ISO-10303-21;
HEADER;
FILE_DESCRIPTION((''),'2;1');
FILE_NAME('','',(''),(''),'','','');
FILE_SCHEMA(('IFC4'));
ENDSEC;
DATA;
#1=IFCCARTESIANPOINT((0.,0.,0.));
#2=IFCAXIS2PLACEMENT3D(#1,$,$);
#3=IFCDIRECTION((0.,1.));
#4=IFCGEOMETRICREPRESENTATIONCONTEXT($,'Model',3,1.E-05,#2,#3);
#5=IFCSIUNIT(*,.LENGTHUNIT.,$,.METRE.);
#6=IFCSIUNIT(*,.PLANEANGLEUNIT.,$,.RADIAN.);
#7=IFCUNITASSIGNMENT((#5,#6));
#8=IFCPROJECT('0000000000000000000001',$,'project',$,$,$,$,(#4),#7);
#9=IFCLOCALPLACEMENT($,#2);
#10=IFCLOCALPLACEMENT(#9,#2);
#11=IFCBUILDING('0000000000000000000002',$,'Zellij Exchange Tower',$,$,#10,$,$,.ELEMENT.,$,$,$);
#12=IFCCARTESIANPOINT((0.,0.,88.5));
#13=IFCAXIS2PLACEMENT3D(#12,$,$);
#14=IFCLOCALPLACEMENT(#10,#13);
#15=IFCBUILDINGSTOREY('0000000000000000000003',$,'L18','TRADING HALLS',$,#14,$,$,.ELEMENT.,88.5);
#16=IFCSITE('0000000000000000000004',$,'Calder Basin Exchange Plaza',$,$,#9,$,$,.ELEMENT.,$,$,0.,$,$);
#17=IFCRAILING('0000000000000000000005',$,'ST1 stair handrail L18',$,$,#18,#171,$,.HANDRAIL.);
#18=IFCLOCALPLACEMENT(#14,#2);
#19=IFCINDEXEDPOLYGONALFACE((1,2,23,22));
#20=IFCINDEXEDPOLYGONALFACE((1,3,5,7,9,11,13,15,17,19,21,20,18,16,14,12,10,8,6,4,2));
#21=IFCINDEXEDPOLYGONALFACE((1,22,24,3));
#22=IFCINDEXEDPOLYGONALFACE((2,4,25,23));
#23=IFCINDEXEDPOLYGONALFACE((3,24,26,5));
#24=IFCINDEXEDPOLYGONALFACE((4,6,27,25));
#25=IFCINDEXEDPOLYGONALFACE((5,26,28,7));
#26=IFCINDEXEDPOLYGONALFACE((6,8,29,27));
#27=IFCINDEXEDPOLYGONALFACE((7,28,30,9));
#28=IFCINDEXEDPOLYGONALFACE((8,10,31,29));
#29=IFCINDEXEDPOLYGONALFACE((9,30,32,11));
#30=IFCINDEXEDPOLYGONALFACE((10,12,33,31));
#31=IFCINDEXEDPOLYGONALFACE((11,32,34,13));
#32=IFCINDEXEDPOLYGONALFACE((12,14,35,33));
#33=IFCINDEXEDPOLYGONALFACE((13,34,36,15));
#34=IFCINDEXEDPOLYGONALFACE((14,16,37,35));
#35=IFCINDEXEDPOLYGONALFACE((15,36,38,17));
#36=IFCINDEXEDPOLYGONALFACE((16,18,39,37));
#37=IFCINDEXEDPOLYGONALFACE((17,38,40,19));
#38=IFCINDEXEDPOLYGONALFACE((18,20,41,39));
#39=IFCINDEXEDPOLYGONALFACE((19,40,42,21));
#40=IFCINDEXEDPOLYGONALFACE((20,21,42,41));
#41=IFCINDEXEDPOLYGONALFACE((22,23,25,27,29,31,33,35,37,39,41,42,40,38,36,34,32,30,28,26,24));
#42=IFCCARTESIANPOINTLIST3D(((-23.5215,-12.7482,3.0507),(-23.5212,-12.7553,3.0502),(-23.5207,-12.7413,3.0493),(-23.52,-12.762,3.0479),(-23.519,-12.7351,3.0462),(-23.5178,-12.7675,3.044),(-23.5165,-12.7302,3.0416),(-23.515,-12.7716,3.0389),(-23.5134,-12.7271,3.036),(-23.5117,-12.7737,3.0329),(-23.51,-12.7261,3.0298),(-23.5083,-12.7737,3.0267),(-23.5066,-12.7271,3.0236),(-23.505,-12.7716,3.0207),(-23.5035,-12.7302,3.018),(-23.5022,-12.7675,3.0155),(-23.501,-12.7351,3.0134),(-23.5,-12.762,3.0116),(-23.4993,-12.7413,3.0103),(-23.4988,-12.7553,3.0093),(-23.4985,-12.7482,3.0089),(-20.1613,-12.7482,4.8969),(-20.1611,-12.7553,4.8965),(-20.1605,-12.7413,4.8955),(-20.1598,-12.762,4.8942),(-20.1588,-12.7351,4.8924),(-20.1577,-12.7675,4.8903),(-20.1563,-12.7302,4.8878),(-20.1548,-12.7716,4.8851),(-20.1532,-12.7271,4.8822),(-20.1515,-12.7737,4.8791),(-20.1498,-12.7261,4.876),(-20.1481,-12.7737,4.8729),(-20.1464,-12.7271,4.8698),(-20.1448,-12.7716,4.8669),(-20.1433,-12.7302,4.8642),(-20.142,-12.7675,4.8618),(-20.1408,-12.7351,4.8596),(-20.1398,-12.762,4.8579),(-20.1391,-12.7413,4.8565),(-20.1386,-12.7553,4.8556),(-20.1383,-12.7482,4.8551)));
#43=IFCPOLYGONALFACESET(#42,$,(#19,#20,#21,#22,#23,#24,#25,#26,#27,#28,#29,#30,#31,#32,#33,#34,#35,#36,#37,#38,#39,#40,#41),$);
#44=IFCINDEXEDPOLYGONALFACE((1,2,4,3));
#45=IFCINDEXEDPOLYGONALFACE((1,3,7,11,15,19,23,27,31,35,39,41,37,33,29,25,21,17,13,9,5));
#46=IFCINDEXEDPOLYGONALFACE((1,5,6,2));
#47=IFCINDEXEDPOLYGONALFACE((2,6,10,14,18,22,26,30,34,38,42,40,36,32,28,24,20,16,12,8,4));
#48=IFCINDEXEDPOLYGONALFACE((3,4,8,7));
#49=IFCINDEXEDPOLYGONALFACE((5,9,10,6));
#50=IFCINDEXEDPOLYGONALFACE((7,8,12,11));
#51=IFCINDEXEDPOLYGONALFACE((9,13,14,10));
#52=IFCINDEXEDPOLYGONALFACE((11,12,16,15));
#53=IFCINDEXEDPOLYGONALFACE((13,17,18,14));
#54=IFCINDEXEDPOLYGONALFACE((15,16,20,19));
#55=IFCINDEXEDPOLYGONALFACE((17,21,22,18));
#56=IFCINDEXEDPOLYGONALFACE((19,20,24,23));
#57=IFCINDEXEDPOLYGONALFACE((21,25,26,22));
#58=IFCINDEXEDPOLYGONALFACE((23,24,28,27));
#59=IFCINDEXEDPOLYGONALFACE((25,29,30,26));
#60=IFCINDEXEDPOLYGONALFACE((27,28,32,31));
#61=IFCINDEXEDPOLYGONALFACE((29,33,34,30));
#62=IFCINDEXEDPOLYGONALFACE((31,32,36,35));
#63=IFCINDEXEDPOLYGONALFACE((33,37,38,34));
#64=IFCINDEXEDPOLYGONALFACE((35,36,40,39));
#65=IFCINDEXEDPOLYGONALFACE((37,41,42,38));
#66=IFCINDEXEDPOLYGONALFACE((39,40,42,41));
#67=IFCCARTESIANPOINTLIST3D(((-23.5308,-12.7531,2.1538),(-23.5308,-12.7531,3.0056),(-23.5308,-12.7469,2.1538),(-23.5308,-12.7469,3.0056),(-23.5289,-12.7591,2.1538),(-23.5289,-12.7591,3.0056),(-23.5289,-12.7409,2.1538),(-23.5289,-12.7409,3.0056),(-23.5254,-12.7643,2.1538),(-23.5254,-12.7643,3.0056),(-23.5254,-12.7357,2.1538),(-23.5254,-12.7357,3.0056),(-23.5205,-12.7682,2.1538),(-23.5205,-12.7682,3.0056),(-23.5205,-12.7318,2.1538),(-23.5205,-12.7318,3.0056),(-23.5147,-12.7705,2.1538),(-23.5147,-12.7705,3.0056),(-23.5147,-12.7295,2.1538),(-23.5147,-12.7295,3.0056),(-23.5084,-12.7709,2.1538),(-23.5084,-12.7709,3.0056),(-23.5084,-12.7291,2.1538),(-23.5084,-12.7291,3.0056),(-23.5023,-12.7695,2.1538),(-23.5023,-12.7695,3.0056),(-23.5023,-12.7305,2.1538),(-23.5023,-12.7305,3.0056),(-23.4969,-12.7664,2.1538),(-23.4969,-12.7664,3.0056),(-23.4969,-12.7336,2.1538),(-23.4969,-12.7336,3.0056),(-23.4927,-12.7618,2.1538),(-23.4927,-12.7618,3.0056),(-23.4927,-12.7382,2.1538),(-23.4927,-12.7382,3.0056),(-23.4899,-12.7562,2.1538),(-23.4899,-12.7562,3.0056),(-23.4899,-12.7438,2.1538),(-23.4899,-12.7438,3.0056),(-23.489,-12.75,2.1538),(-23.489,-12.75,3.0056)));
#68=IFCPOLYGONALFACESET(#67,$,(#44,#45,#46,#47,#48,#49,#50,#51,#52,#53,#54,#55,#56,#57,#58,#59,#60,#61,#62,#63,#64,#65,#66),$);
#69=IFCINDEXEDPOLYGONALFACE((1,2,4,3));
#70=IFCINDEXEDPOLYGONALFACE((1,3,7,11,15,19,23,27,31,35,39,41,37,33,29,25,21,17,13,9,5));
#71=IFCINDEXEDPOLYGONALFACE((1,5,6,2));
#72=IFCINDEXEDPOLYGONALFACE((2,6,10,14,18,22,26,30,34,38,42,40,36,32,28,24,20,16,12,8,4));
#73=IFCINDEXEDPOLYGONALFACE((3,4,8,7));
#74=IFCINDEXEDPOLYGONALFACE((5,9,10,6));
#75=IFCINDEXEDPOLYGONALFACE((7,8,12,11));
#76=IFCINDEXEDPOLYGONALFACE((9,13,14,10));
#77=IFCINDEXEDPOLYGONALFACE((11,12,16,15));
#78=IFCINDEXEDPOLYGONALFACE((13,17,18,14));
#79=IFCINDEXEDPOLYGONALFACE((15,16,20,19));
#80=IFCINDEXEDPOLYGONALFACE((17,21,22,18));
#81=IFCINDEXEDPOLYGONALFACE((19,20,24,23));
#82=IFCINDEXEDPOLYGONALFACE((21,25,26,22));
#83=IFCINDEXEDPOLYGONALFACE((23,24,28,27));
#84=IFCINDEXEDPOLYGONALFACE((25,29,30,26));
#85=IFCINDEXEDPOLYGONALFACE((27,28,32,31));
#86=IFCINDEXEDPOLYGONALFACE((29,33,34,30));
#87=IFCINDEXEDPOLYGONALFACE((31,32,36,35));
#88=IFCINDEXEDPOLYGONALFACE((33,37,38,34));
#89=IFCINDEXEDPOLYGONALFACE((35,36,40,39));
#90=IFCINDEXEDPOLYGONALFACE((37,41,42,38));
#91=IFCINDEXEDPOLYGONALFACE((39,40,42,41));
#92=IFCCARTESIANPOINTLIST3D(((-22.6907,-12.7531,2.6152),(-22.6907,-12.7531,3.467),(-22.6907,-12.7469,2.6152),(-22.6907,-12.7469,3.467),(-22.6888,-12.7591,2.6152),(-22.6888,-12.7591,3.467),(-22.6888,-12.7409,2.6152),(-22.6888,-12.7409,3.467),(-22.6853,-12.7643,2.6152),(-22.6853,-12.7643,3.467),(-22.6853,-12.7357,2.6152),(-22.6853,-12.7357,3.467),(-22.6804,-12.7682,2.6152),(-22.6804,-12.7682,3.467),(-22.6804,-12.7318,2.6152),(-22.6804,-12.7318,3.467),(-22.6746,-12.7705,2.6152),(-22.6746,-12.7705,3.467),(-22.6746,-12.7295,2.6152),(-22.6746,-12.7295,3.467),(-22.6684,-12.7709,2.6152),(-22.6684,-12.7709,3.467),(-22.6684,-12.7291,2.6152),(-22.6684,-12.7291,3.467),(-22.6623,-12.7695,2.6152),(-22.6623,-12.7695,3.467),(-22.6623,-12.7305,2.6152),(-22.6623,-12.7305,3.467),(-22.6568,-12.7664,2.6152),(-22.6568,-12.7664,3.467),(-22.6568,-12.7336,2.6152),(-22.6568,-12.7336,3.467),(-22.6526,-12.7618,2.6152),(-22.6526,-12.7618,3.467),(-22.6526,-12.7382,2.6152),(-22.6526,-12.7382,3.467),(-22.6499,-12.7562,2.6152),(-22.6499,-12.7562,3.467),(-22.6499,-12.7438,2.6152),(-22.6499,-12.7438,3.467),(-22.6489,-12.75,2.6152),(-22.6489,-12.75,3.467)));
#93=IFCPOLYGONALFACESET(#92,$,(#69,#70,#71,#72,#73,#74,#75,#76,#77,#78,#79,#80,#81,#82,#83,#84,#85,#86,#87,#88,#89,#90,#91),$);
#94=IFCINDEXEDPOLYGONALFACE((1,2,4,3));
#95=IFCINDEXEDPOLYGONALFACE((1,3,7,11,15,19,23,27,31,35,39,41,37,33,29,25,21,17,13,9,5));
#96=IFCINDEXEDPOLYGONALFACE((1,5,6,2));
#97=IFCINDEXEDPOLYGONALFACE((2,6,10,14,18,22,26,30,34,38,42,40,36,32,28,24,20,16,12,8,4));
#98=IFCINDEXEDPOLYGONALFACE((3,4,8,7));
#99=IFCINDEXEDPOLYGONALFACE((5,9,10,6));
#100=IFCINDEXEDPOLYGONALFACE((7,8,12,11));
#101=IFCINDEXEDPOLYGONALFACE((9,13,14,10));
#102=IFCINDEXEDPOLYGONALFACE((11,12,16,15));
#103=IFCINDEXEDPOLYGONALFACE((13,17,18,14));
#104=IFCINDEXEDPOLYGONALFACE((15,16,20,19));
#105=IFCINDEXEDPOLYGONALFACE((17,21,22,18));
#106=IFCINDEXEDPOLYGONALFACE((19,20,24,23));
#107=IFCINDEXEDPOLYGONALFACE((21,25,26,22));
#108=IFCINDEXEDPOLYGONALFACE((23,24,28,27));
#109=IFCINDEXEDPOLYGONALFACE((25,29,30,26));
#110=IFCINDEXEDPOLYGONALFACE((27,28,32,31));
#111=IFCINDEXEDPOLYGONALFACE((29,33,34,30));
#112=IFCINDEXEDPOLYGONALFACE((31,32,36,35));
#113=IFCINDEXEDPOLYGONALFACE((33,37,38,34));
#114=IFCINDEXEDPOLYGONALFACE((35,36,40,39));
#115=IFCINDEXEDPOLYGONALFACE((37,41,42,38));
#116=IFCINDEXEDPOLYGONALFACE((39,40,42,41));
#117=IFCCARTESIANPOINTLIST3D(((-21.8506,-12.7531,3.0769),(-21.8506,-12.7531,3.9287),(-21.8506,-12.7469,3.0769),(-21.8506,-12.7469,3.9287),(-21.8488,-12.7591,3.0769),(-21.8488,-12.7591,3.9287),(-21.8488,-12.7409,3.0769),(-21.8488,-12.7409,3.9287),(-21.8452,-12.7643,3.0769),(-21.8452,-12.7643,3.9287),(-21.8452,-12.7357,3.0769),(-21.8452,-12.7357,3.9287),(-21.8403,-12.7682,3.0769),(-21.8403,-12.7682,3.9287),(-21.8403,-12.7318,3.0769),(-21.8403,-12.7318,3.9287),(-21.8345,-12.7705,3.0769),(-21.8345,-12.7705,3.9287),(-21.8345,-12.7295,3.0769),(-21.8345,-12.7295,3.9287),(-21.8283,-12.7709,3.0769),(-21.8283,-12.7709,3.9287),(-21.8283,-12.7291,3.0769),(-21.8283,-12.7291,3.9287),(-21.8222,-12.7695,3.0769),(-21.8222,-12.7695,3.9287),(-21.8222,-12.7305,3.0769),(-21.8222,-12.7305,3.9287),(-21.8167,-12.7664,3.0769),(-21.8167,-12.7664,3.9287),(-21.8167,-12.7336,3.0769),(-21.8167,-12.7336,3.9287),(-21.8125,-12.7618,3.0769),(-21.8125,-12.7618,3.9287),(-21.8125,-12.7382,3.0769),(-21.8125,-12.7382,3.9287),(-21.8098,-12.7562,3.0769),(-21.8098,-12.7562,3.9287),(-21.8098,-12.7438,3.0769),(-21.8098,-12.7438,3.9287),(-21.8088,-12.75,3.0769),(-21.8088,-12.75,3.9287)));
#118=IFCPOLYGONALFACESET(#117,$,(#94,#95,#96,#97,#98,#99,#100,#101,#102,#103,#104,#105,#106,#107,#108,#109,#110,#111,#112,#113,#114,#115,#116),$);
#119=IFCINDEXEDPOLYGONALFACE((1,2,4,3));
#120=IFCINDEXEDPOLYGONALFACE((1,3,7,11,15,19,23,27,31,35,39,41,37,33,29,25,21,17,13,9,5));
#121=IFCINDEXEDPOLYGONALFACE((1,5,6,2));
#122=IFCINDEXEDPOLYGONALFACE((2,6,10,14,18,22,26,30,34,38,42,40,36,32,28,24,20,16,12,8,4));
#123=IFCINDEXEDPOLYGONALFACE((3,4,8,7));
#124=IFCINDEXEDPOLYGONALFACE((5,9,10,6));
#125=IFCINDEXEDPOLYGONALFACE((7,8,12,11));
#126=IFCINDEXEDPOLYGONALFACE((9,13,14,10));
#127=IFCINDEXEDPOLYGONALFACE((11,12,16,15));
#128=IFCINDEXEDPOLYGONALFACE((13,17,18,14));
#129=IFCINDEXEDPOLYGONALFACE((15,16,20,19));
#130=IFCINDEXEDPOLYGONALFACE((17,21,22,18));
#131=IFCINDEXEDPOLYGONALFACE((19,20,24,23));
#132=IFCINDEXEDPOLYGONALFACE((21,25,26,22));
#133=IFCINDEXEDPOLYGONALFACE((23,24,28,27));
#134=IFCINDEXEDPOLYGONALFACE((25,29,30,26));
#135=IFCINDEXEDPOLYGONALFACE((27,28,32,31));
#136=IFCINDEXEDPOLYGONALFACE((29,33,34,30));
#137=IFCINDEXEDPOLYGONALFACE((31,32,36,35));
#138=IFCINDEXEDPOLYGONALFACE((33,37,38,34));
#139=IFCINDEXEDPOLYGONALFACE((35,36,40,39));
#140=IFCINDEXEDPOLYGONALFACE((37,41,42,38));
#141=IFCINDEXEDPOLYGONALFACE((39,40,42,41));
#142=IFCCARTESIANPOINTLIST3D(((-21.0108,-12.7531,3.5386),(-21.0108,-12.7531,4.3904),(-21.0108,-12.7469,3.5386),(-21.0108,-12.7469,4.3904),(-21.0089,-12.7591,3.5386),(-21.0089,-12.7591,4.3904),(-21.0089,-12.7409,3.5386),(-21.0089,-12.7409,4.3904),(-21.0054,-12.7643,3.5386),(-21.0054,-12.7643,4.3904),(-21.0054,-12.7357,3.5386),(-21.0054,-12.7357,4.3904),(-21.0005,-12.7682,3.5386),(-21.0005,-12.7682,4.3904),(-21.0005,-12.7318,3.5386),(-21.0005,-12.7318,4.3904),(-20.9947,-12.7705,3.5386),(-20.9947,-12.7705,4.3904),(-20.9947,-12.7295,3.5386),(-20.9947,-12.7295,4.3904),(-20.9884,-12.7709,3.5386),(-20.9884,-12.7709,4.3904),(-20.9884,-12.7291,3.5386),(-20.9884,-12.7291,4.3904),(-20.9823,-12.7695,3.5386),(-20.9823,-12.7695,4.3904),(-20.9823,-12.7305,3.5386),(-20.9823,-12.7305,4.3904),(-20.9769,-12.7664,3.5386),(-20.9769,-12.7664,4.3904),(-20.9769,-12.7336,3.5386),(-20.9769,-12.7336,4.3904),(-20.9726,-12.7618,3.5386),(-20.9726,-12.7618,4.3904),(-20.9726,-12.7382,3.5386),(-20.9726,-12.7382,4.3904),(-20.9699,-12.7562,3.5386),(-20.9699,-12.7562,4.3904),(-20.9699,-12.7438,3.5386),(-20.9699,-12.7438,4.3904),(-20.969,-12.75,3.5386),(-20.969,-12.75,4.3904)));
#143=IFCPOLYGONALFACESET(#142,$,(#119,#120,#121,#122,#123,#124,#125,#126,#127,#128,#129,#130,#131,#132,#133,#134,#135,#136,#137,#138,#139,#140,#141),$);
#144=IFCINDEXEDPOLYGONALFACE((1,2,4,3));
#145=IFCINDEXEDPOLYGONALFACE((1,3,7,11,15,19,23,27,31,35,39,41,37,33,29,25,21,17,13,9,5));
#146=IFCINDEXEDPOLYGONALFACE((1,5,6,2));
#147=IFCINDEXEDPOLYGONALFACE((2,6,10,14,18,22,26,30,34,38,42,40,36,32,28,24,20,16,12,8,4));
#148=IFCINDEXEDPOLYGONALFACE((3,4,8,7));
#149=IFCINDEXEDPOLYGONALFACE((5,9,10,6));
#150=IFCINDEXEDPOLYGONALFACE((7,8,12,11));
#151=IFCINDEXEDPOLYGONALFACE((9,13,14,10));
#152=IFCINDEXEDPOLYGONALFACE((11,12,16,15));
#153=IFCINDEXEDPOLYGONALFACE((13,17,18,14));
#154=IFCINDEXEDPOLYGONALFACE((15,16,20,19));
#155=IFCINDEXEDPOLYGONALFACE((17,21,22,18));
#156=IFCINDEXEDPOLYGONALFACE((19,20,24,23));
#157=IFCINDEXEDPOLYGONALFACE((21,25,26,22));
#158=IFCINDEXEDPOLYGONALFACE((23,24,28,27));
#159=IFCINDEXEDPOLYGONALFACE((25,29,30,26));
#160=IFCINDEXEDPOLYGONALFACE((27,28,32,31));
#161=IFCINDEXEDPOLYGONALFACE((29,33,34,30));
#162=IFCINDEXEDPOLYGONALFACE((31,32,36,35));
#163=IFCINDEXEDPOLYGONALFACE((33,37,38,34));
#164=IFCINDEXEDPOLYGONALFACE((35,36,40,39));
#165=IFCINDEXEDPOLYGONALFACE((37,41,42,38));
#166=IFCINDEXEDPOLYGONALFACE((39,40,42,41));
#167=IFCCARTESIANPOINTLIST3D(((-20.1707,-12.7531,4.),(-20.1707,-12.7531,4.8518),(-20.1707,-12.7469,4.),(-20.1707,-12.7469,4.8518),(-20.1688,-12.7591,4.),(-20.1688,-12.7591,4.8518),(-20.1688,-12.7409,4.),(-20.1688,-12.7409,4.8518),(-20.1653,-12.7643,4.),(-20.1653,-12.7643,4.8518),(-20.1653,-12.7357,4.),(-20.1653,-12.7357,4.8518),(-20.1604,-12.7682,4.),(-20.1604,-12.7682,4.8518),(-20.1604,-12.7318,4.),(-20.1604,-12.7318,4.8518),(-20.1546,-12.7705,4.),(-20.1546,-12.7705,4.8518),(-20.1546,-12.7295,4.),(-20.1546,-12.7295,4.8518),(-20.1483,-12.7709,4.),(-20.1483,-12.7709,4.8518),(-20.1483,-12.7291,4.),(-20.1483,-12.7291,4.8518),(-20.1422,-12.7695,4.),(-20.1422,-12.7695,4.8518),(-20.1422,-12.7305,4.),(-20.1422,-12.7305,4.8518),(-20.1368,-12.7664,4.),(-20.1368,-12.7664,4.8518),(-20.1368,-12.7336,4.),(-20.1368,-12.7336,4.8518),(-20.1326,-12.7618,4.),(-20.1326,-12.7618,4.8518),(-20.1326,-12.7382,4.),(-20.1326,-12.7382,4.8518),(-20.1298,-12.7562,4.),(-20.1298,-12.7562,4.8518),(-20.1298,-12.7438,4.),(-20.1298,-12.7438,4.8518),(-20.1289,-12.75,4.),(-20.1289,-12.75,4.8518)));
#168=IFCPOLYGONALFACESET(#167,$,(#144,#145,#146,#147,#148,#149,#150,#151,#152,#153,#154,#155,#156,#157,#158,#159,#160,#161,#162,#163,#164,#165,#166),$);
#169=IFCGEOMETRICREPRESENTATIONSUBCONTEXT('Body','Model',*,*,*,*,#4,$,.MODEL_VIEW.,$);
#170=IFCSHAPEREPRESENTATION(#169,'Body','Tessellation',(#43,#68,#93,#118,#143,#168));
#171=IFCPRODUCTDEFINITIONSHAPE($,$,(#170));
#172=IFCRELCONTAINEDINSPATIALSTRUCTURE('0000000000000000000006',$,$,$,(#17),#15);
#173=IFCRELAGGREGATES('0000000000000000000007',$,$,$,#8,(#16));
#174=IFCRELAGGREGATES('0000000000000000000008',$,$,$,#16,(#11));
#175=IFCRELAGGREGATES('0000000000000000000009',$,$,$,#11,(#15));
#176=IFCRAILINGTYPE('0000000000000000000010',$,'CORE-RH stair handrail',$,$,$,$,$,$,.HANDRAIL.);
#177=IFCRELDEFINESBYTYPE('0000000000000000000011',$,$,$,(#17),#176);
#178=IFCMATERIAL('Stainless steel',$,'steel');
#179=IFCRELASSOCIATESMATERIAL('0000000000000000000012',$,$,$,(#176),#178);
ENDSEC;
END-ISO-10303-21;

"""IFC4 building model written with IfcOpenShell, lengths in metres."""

from ifc_helpers import new_model, si_unit, direction, frame, origin, origin_2d, place, context, subcontext, project, spatial, circle, extrude, material, type_object, element, save


model = new_model("IFC4")

# Units and contexts
model_context = context("Model", 3, precision=1e-05, world=origin(), true_north=direction((0.0, 1.0)))
body_context = subcontext(model_context, "Body", "Model", "MODEL_VIEW")
ifc_project = project(units=[si_unit("LENGTHUNIT", "METRE"), si_unit("PLANEANGLEUNIT", "RADIAN")], contexts=[model_context])

# Site, building, storey
site_placement = place(None, origin())
site = spatial("IfcSite", under=ifc_project, at=site_placement, Name="Calder Basin Exchange Plaza", CompositionType="ELEMENT", RefElevation=0.0)
building_placement = place(site_placement, origin())
building = spatial("IfcBuilding", under=site, at=building_placement, Name="Zellij Exchange Tower", CompositionType="ELEMENT")
storey_placement = place(building_placement, frame((0.0, 0.0, 88.5)))
storey = spatial("IfcBuildingStorey", under=building, at=storey_placement, Name="L18", Description="TRADING HALLS", CompositionType="ELEMENT", Elevation=88.5)

# Railing
ifc_material_1 = material(Name="Stainless steel", Category="steel")
railing_type_1 = type_object("IfcRailingType", Name="CORE-RH stair handrail", PredefinedType="HANDRAIL", material=ifc_material_1)
railing_1_placement = place(storey_placement, frame((-23.51, -12.75, 2.1538)))
element("IfcRailing", 1, at=railing_1_placement, inside=storey, type_object=railing_type_1, Name="ST1 stair handrail L18", PredefinedType="HANDRAIL", context=body_context, shape_type="SweptSolid", body=[
    extrude(circle(Radius=0.0239, at=origin_2d()), frame((0.0, 0.0, 0.876), z_axis=(0.876422, 0.0, 0.481545), x_axis=(0.0, 1.0, 0.0)), (0.0, 0.0, 1.0), 3.834),
    extrude(circle(Radius=0.021, at=origin_2d()), origin(), (0.0, 0.0, 1.0), 0.8518),
    extrude(circle(Radius=0.021, at=origin_2d()), frame((0.8401, 0.0, 0.4614)), (0.0, 0.0, 1.0), 0.8518),
    extrude(circle(Radius=0.021, at=origin_2d()), frame((1.6802, 0.0, 0.9231)), (0.0, 0.0, 1.0), 0.8518),
    extrude(circle(Radius=0.021, at=origin_2d()), frame((2.52, 0.0, 1.3848)), (0.0, 0.0, 1.0), 0.8518),
    extrude(circle(Radius=0.021, at=origin_2d()), frame((3.3601, 0.0, 1.8462)), (0.0, 0.0, 1.0), 0.8518),
])

save(model, "model.ifc")
